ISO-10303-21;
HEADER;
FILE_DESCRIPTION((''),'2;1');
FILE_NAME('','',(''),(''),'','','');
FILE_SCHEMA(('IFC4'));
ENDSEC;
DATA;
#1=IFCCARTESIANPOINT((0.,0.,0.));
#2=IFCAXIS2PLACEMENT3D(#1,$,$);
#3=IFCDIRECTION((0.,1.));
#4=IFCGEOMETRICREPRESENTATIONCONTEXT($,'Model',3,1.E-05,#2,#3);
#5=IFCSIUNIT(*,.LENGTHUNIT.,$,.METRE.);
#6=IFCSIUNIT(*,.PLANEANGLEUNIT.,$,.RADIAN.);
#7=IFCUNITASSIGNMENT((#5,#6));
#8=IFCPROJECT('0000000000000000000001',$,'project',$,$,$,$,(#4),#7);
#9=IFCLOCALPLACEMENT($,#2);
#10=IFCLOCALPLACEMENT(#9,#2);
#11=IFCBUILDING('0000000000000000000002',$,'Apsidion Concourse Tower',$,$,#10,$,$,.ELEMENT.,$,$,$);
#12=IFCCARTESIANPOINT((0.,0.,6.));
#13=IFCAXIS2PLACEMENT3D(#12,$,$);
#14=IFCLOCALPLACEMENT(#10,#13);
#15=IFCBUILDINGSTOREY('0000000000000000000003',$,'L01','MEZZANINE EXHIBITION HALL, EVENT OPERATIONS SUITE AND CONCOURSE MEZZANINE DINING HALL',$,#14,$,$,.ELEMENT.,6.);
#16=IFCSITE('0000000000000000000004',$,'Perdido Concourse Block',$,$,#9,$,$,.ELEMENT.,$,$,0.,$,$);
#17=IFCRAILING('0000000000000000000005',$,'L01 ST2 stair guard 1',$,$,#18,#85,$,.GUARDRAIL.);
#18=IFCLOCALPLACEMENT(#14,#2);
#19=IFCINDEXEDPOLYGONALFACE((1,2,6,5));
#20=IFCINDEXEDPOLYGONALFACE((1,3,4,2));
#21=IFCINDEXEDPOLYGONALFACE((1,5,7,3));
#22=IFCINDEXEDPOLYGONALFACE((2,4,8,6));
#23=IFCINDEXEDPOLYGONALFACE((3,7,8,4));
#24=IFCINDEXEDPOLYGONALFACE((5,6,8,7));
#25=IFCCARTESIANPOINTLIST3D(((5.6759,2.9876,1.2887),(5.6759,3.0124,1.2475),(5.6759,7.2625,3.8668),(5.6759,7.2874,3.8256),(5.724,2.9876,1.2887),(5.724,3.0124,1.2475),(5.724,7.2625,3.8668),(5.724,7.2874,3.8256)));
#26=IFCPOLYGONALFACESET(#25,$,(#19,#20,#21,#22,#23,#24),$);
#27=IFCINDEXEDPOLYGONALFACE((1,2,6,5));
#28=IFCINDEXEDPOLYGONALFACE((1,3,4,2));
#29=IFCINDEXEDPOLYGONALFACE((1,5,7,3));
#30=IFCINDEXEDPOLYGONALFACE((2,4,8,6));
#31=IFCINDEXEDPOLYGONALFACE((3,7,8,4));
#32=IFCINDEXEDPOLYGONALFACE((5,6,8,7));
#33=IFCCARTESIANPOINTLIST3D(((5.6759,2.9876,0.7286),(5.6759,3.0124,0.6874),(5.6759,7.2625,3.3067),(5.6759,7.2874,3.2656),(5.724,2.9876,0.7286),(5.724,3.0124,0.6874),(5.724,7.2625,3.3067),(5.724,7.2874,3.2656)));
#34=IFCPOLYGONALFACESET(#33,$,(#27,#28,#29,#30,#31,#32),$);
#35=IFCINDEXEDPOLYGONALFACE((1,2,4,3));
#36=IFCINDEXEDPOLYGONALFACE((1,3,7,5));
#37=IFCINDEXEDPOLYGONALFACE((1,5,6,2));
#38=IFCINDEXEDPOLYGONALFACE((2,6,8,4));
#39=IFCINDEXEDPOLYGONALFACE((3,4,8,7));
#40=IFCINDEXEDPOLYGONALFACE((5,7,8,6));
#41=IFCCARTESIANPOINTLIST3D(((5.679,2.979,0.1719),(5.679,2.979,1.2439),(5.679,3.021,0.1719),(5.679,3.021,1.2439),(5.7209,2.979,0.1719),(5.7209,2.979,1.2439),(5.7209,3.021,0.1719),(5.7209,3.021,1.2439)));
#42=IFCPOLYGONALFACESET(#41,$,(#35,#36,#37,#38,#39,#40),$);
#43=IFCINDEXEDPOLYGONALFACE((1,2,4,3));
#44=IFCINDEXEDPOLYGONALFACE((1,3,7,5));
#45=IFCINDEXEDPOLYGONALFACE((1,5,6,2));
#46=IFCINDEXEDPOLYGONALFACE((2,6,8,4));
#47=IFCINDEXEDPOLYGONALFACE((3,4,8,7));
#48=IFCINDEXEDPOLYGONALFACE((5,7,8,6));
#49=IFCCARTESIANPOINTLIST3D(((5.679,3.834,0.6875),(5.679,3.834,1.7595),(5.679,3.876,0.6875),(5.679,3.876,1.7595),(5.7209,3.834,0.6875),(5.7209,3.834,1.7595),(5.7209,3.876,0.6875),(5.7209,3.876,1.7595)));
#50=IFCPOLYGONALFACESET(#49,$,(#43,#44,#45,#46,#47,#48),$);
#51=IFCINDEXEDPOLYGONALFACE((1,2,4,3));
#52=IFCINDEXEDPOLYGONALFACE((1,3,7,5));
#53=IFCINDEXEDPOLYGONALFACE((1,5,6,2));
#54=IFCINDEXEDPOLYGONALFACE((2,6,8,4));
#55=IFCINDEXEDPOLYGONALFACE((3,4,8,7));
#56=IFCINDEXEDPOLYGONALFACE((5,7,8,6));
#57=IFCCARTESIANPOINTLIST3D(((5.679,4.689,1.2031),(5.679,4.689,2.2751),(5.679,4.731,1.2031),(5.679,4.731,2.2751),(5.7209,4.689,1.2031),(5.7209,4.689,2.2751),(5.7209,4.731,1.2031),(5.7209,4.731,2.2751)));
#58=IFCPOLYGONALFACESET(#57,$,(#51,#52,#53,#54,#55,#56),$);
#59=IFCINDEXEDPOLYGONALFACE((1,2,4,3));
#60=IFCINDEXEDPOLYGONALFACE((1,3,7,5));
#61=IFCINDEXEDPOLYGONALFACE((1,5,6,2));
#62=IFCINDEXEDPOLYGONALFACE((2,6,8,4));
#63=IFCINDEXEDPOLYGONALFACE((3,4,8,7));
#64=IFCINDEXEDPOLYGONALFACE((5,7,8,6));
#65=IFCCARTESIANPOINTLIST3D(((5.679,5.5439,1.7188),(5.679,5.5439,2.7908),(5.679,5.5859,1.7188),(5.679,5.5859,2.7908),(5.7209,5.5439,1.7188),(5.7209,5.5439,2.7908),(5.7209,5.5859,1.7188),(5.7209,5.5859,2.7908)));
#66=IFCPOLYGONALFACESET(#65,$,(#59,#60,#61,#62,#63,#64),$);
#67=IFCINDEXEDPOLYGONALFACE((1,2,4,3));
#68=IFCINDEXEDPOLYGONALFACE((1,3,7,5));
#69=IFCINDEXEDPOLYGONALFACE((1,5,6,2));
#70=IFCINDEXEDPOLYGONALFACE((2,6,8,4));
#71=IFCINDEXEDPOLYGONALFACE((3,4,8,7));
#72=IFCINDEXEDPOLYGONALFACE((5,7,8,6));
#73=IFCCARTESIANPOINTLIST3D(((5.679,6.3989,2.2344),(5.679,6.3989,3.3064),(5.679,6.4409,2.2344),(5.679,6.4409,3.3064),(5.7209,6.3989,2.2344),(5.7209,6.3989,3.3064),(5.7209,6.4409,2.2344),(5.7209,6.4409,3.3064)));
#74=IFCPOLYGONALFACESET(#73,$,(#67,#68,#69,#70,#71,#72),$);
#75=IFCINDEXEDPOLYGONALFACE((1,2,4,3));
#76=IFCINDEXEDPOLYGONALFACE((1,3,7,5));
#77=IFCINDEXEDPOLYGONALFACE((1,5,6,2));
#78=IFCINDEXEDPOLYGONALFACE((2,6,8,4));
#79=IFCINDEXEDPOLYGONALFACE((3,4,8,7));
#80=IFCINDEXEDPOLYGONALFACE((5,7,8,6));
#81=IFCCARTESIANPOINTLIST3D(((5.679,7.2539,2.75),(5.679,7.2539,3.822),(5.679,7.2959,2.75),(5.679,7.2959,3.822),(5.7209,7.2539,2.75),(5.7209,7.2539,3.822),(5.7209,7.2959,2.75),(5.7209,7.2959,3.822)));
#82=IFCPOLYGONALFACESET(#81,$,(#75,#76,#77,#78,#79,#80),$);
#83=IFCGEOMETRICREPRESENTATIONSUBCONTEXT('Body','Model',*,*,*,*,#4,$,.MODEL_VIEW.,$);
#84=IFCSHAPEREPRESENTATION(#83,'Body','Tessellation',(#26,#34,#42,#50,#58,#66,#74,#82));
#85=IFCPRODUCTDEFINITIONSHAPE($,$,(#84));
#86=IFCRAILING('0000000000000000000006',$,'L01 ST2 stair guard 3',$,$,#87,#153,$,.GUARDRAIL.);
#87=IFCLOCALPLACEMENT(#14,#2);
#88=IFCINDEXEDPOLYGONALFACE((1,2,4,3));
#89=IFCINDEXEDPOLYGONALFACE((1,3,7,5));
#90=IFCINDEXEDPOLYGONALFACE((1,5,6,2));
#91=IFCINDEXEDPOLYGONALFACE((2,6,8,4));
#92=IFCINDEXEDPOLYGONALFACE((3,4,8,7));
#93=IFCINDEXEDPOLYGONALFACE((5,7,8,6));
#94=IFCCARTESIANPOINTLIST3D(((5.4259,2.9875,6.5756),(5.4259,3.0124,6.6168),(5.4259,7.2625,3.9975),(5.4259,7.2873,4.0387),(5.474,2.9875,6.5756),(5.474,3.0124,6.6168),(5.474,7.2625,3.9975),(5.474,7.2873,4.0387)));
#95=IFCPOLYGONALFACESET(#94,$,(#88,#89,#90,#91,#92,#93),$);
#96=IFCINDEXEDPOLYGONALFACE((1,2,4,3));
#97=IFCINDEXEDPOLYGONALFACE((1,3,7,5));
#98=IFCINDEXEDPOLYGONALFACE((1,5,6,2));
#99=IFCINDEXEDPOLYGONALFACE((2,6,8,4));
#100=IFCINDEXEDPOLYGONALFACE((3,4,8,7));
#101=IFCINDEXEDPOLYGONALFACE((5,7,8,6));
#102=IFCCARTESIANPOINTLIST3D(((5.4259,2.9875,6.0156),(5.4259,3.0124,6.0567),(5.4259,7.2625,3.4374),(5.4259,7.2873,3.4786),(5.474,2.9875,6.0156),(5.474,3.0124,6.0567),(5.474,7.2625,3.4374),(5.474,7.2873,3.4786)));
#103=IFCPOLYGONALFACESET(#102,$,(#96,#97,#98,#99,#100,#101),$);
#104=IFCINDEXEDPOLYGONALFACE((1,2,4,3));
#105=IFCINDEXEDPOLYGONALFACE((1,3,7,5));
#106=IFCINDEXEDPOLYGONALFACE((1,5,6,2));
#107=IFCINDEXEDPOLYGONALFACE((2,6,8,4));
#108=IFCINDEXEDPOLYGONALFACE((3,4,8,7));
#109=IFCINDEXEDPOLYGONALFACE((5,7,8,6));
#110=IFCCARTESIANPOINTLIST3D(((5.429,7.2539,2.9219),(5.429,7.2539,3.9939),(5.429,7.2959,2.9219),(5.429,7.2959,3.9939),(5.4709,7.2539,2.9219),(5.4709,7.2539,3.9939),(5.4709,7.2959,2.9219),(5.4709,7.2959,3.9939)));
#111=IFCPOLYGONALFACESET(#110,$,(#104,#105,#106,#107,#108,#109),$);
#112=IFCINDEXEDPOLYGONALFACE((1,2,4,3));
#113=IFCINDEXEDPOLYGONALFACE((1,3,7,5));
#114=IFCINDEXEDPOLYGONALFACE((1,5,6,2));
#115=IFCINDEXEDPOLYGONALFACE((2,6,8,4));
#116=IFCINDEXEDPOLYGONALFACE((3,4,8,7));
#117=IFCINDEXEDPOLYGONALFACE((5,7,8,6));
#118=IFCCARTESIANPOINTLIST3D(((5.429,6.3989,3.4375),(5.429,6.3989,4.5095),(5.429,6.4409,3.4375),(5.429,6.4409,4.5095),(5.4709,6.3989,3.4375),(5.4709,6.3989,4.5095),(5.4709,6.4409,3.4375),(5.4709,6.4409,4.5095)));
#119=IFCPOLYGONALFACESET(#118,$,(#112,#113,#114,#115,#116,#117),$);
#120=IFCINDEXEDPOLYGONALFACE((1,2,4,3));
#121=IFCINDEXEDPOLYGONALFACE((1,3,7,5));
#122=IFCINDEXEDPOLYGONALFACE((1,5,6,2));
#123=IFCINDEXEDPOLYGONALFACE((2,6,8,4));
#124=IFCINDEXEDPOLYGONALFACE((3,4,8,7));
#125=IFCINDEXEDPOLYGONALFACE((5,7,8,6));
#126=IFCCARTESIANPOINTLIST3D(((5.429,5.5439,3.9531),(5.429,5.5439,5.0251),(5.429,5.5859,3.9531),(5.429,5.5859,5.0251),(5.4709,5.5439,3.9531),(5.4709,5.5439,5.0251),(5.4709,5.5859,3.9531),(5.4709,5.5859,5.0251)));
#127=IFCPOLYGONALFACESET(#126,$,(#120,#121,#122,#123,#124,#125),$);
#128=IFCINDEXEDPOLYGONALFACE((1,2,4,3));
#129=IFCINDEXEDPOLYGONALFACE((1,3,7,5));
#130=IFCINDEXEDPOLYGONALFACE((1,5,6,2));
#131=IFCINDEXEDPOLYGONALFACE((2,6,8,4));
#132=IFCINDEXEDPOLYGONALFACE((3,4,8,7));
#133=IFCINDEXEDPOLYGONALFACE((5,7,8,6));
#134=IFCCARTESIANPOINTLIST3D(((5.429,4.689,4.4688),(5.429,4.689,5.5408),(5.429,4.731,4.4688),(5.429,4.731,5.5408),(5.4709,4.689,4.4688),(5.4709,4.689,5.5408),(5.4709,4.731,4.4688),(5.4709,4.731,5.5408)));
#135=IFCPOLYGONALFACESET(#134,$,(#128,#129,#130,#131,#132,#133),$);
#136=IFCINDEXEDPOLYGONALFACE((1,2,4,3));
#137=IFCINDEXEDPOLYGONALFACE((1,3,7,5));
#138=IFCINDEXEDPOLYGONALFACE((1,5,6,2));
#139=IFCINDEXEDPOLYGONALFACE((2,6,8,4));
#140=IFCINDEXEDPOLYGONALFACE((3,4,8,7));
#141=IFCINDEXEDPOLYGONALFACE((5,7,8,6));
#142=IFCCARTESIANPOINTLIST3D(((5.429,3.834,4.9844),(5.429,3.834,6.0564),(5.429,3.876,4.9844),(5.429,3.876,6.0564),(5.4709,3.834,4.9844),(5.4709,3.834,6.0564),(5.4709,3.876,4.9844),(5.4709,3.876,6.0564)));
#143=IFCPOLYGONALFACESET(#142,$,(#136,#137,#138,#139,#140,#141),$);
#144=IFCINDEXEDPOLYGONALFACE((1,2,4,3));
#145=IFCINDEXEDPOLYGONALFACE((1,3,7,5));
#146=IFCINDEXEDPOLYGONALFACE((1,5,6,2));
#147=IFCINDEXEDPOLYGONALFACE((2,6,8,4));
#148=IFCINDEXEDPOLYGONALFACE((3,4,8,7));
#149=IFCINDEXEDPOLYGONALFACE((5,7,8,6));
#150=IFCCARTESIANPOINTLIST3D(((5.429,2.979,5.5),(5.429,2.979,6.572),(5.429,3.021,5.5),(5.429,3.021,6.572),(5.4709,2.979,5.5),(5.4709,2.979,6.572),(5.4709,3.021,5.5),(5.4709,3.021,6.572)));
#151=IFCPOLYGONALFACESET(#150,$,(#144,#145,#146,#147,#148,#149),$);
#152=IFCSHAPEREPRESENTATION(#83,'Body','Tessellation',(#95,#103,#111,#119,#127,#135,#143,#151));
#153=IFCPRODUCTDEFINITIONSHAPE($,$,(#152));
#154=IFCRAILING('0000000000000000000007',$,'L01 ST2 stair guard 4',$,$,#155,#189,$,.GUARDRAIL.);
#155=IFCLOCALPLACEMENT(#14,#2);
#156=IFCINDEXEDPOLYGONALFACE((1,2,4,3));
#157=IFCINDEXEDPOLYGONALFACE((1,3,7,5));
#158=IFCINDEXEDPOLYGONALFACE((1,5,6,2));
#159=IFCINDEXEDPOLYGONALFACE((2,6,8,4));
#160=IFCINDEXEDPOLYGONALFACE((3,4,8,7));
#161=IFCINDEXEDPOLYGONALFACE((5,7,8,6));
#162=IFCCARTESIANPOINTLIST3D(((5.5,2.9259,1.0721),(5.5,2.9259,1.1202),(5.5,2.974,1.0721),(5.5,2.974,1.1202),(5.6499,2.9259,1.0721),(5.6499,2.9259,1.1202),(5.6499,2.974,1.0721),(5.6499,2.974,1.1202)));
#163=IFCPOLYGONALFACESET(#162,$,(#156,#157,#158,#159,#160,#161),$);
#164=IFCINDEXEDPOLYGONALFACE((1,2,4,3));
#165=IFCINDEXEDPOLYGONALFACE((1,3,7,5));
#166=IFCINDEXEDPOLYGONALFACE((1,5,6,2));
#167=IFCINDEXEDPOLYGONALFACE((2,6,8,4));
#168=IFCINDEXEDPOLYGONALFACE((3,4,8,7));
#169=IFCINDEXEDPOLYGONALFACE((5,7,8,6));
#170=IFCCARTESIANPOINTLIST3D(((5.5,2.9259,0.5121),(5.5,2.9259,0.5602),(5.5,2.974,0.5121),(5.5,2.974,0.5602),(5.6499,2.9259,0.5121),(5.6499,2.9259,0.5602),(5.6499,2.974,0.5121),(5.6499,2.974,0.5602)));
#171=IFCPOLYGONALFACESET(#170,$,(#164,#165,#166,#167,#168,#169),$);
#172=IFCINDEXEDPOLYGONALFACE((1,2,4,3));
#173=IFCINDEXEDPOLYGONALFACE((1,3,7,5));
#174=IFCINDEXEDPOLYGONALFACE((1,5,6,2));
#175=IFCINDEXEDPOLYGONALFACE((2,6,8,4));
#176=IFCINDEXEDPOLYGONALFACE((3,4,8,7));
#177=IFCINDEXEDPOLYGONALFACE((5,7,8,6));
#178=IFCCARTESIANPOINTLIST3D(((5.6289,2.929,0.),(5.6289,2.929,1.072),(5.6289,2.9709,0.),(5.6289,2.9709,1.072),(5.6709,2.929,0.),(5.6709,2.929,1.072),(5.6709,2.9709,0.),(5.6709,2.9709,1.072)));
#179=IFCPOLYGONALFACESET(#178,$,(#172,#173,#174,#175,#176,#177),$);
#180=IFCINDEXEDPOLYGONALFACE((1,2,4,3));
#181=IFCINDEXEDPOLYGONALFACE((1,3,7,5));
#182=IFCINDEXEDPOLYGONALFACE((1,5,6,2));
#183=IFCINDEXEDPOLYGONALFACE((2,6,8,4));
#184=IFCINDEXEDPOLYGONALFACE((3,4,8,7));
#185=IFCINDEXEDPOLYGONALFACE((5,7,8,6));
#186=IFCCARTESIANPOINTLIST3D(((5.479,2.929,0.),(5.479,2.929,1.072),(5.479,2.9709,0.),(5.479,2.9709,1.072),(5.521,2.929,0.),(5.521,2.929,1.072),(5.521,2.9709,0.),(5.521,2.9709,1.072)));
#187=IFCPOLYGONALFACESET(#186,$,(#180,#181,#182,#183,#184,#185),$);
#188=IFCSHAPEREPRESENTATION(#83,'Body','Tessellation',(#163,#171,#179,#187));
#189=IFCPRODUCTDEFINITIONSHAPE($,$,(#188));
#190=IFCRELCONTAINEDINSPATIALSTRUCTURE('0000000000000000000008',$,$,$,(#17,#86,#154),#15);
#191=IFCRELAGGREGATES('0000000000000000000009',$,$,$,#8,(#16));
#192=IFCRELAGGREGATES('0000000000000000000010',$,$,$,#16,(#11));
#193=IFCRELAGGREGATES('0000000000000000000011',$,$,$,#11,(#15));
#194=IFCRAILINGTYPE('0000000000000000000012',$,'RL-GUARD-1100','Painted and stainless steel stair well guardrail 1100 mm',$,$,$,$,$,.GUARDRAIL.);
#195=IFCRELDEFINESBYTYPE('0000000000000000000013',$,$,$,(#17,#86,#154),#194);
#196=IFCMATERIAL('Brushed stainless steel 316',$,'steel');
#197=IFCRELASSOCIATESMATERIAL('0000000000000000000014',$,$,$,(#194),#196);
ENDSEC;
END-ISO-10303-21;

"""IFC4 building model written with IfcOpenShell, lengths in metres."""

from ifc_helpers import new_model, si_unit, direction, frame, origin, origin_2d, place, context, subcontext, project, spatial, rectangle, extrude, material, type_object, element, save


model = new_model("IFC4")

# Units and contexts
model_context = context("Model", 3, precision=1e-05, world=origin(), true_north=direction((0.0, 1.0)))
body_context = subcontext(model_context, "Body", "Model", "MODEL_VIEW")
ifc_project = project(units=[si_unit("LENGTHUNIT", "METRE"), si_unit("PLANEANGLEUNIT", "RADIAN")], contexts=[model_context])

# Site, building, storey
site_placement = place(None, origin())
site = spatial("IfcSite", under=ifc_project, at=site_placement, Name="Perdido Concourse Block", CompositionType="ELEMENT", RefElevation=0.0)
building_placement = place(site_placement, origin())
building = spatial("IfcBuilding", under=site, at=building_placement, Name="Apsidion Concourse Tower", CompositionType="ELEMENT")
storey_placement = place(building_placement, frame((0.0, 0.0, 6.0)))
storey = spatial("IfcBuildingStorey", under=building, at=storey_placement, Name="L01", Description="MEZZANINE EXHIBITION HALL, EVENT OPERATIONS SUITE AND CONCOURSE MEZZANINE DINING HALL", CompositionType="ELEMENT", Elevation=6.0)

# Shared definitions
ifc_material_1 = material(Name="Brushed stainless steel 316", Category="steel")

# Railings
railing_type_1 = type_object("IfcRailingType", Name="RL-GUARD-1100", Description="Painted and stainless steel stair well guardrail 1100 mm", PredefinedType="GUARDRAIL", material=ifc_material_1)
railing_1_placement = place(storey_placement, frame((5.7, 3.0, 0.1719)))
element("IfcRailing", 1, at=railing_1_placement, inside=storey, type_object=railing_type_1, Name="L01 ST2 stair guard 1", PredefinedType="GUARDRAIL", context=body_context, shape_type="SweptSolid", body=[
    extrude(rectangle(XDim=0.0481, YDim=0.0481, at=origin_2d()), frame((0.0, 0.0, 1.0962), z_axis=(0.0, 0.856326, 0.516436), x_axis=(-1.0, 0.0, 0.0)), (0.0, 0.0, 1.0), 4.9922),
    extrude(rectangle(XDim=0.0481, YDim=0.0481, at=origin_2d()), frame((0.0, 0.0, 0.5361), z_axis=(0.0, 0.856326, 0.516436), x_axis=(-1.0, 0.0, 0.0)), (0.0, 0.0, 1.0), 4.9922),
    extrude(rectangle(XDim=0.042, YDim=0.042, at=origin_2d()), origin(), (0.0, 0.0, 1.0), 1.072),
    extrude(rectangle(XDim=0.042, YDim=0.042, at=origin_2d()), frame((0.0, 0.855, 0.5156)), (0.0, 0.0, 1.0), 1.072),
    extrude(rectangle(XDim=0.042, YDim=0.042, at=origin_2d()), frame((0.0, 1.71, 1.0312)), (0.0, 0.0, 1.0), 1.072),
    extrude(rectangle(XDim=0.042, YDim=0.042, at=origin_2d()), frame((0.0, 2.5649, 1.5469)), (0.0, 0.0, 1.0), 1.072),
    extrude(rectangle(XDim=0.042, YDim=0.042, at=origin_2d()), frame((0.0, 3.4199, 2.0625)), (0.0, 0.0, 1.0), 1.072),
    extrude(rectangle(XDim=0.042, YDim=0.042, at=origin_2d()), frame((0.0, 4.2749, 2.5781)), (0.0, 0.0, 1.0), 1.072),
])
railing_2_placement = place(storey_placement, frame((5.45, 7.2749, 2.9219)))
element("IfcRailing", 2, at=railing_2_placement, inside=storey, type_object=railing_type_1, Name="L01 ST2 stair guard 3", PredefinedType="GUARDRAIL", context=body_context, shape_type="SweptSolid", body=[
    extrude(rectangle(XDim=0.0481, YDim=0.0481, at=origin_2d()), frame((0.0, 0.0, 1.0962), z_axis=(0.0, -0.856326, 0.516436), x_axis=(1.0, 0.0, 0.0)), (0.0, 0.0, 1.0), 4.9922),
    extrude(rectangle(XDim=0.0481, YDim=0.0481, at=origin_2d()), frame((0.0, 0.0, 0.5361), z_axis=(0.0, -0.856326, 0.516436), x_axis=(1.0, 0.0, 0.0)), (0.0, 0.0, 1.0), 4.9922),
    extrude(rectangle(XDim=0.042, YDim=0.042, at=origin_2d()), origin(), (0.0, 0.0, 1.0), 1.072),
    extrude(rectangle(XDim=0.042, YDim=0.042, at=origin_2d()), frame((0.0, -0.855, 0.5156)), (0.0, 0.0, 1.0), 1.072),
    extrude(rectangle(XDim=0.042, YDim=0.042, at=origin_2d()), frame((0.0, -1.71, 1.0312)), (0.0, 0.0, 1.0), 1.072),
    extrude(rectangle(XDim=0.042, YDim=0.042, at=origin_2d()), frame((0.0, -2.5649, 1.5469)), (0.0, 0.0, 1.0), 1.072),
    extrude(rectangle(XDim=0.042, YDim=0.042, at=origin_2d()), frame((0.0, -3.4199, 2.0625)), (0.0, 0.0, 1.0), 1.072),
    extrude(rectangle(XDim=0.042, YDim=0.042, at=origin_2d()), frame((0.0, -4.2749, 2.5781)), (0.0, 0.0, 1.0), 1.072),
])
railing_3_placement = place(storey_placement, frame((5.6499, 2.95, 0.0)))
element("IfcRailing", 3, at=railing_3_placement, inside=storey, type_object=railing_type_1, Name="L01 ST2 stair guard 4", PredefinedType="GUARDRAIL", context=body_context, shape_type="SweptSolid", body=[
    extrude(rectangle(XDim=0.0481, YDim=0.0481, at=origin_2d()), frame((0.0, 0.0, 1.0962), z_axis=(-1.0, 0.0, 0.0), x_axis=(0.0, -1.0, 0.0)), (0.0, 0.0, 1.0), 0.1499),
    extrude(rectangle(XDim=0.0481, YDim=0.0481, at=origin_2d()), frame((0.0, 0.0, 0.5361), z_axis=(-1.0, 0.0, 0.0), x_axis=(0.0, -1.0, 0.0)), (0.0, 0.0, 1.0), 0.1499),
    extrude(rectangle(XDim=0.042, YDim=0.042, at=origin_2d()), origin(), (0.0, 0.0, 1.0), 1.072),
    extrude(rectangle(XDim=0.042, YDim=0.042, at=origin_2d()), frame((-0.1499, 0.0, 0.0)), (0.0, 0.0, 1.0), 1.072),
])

save(model, "model.ifc")
